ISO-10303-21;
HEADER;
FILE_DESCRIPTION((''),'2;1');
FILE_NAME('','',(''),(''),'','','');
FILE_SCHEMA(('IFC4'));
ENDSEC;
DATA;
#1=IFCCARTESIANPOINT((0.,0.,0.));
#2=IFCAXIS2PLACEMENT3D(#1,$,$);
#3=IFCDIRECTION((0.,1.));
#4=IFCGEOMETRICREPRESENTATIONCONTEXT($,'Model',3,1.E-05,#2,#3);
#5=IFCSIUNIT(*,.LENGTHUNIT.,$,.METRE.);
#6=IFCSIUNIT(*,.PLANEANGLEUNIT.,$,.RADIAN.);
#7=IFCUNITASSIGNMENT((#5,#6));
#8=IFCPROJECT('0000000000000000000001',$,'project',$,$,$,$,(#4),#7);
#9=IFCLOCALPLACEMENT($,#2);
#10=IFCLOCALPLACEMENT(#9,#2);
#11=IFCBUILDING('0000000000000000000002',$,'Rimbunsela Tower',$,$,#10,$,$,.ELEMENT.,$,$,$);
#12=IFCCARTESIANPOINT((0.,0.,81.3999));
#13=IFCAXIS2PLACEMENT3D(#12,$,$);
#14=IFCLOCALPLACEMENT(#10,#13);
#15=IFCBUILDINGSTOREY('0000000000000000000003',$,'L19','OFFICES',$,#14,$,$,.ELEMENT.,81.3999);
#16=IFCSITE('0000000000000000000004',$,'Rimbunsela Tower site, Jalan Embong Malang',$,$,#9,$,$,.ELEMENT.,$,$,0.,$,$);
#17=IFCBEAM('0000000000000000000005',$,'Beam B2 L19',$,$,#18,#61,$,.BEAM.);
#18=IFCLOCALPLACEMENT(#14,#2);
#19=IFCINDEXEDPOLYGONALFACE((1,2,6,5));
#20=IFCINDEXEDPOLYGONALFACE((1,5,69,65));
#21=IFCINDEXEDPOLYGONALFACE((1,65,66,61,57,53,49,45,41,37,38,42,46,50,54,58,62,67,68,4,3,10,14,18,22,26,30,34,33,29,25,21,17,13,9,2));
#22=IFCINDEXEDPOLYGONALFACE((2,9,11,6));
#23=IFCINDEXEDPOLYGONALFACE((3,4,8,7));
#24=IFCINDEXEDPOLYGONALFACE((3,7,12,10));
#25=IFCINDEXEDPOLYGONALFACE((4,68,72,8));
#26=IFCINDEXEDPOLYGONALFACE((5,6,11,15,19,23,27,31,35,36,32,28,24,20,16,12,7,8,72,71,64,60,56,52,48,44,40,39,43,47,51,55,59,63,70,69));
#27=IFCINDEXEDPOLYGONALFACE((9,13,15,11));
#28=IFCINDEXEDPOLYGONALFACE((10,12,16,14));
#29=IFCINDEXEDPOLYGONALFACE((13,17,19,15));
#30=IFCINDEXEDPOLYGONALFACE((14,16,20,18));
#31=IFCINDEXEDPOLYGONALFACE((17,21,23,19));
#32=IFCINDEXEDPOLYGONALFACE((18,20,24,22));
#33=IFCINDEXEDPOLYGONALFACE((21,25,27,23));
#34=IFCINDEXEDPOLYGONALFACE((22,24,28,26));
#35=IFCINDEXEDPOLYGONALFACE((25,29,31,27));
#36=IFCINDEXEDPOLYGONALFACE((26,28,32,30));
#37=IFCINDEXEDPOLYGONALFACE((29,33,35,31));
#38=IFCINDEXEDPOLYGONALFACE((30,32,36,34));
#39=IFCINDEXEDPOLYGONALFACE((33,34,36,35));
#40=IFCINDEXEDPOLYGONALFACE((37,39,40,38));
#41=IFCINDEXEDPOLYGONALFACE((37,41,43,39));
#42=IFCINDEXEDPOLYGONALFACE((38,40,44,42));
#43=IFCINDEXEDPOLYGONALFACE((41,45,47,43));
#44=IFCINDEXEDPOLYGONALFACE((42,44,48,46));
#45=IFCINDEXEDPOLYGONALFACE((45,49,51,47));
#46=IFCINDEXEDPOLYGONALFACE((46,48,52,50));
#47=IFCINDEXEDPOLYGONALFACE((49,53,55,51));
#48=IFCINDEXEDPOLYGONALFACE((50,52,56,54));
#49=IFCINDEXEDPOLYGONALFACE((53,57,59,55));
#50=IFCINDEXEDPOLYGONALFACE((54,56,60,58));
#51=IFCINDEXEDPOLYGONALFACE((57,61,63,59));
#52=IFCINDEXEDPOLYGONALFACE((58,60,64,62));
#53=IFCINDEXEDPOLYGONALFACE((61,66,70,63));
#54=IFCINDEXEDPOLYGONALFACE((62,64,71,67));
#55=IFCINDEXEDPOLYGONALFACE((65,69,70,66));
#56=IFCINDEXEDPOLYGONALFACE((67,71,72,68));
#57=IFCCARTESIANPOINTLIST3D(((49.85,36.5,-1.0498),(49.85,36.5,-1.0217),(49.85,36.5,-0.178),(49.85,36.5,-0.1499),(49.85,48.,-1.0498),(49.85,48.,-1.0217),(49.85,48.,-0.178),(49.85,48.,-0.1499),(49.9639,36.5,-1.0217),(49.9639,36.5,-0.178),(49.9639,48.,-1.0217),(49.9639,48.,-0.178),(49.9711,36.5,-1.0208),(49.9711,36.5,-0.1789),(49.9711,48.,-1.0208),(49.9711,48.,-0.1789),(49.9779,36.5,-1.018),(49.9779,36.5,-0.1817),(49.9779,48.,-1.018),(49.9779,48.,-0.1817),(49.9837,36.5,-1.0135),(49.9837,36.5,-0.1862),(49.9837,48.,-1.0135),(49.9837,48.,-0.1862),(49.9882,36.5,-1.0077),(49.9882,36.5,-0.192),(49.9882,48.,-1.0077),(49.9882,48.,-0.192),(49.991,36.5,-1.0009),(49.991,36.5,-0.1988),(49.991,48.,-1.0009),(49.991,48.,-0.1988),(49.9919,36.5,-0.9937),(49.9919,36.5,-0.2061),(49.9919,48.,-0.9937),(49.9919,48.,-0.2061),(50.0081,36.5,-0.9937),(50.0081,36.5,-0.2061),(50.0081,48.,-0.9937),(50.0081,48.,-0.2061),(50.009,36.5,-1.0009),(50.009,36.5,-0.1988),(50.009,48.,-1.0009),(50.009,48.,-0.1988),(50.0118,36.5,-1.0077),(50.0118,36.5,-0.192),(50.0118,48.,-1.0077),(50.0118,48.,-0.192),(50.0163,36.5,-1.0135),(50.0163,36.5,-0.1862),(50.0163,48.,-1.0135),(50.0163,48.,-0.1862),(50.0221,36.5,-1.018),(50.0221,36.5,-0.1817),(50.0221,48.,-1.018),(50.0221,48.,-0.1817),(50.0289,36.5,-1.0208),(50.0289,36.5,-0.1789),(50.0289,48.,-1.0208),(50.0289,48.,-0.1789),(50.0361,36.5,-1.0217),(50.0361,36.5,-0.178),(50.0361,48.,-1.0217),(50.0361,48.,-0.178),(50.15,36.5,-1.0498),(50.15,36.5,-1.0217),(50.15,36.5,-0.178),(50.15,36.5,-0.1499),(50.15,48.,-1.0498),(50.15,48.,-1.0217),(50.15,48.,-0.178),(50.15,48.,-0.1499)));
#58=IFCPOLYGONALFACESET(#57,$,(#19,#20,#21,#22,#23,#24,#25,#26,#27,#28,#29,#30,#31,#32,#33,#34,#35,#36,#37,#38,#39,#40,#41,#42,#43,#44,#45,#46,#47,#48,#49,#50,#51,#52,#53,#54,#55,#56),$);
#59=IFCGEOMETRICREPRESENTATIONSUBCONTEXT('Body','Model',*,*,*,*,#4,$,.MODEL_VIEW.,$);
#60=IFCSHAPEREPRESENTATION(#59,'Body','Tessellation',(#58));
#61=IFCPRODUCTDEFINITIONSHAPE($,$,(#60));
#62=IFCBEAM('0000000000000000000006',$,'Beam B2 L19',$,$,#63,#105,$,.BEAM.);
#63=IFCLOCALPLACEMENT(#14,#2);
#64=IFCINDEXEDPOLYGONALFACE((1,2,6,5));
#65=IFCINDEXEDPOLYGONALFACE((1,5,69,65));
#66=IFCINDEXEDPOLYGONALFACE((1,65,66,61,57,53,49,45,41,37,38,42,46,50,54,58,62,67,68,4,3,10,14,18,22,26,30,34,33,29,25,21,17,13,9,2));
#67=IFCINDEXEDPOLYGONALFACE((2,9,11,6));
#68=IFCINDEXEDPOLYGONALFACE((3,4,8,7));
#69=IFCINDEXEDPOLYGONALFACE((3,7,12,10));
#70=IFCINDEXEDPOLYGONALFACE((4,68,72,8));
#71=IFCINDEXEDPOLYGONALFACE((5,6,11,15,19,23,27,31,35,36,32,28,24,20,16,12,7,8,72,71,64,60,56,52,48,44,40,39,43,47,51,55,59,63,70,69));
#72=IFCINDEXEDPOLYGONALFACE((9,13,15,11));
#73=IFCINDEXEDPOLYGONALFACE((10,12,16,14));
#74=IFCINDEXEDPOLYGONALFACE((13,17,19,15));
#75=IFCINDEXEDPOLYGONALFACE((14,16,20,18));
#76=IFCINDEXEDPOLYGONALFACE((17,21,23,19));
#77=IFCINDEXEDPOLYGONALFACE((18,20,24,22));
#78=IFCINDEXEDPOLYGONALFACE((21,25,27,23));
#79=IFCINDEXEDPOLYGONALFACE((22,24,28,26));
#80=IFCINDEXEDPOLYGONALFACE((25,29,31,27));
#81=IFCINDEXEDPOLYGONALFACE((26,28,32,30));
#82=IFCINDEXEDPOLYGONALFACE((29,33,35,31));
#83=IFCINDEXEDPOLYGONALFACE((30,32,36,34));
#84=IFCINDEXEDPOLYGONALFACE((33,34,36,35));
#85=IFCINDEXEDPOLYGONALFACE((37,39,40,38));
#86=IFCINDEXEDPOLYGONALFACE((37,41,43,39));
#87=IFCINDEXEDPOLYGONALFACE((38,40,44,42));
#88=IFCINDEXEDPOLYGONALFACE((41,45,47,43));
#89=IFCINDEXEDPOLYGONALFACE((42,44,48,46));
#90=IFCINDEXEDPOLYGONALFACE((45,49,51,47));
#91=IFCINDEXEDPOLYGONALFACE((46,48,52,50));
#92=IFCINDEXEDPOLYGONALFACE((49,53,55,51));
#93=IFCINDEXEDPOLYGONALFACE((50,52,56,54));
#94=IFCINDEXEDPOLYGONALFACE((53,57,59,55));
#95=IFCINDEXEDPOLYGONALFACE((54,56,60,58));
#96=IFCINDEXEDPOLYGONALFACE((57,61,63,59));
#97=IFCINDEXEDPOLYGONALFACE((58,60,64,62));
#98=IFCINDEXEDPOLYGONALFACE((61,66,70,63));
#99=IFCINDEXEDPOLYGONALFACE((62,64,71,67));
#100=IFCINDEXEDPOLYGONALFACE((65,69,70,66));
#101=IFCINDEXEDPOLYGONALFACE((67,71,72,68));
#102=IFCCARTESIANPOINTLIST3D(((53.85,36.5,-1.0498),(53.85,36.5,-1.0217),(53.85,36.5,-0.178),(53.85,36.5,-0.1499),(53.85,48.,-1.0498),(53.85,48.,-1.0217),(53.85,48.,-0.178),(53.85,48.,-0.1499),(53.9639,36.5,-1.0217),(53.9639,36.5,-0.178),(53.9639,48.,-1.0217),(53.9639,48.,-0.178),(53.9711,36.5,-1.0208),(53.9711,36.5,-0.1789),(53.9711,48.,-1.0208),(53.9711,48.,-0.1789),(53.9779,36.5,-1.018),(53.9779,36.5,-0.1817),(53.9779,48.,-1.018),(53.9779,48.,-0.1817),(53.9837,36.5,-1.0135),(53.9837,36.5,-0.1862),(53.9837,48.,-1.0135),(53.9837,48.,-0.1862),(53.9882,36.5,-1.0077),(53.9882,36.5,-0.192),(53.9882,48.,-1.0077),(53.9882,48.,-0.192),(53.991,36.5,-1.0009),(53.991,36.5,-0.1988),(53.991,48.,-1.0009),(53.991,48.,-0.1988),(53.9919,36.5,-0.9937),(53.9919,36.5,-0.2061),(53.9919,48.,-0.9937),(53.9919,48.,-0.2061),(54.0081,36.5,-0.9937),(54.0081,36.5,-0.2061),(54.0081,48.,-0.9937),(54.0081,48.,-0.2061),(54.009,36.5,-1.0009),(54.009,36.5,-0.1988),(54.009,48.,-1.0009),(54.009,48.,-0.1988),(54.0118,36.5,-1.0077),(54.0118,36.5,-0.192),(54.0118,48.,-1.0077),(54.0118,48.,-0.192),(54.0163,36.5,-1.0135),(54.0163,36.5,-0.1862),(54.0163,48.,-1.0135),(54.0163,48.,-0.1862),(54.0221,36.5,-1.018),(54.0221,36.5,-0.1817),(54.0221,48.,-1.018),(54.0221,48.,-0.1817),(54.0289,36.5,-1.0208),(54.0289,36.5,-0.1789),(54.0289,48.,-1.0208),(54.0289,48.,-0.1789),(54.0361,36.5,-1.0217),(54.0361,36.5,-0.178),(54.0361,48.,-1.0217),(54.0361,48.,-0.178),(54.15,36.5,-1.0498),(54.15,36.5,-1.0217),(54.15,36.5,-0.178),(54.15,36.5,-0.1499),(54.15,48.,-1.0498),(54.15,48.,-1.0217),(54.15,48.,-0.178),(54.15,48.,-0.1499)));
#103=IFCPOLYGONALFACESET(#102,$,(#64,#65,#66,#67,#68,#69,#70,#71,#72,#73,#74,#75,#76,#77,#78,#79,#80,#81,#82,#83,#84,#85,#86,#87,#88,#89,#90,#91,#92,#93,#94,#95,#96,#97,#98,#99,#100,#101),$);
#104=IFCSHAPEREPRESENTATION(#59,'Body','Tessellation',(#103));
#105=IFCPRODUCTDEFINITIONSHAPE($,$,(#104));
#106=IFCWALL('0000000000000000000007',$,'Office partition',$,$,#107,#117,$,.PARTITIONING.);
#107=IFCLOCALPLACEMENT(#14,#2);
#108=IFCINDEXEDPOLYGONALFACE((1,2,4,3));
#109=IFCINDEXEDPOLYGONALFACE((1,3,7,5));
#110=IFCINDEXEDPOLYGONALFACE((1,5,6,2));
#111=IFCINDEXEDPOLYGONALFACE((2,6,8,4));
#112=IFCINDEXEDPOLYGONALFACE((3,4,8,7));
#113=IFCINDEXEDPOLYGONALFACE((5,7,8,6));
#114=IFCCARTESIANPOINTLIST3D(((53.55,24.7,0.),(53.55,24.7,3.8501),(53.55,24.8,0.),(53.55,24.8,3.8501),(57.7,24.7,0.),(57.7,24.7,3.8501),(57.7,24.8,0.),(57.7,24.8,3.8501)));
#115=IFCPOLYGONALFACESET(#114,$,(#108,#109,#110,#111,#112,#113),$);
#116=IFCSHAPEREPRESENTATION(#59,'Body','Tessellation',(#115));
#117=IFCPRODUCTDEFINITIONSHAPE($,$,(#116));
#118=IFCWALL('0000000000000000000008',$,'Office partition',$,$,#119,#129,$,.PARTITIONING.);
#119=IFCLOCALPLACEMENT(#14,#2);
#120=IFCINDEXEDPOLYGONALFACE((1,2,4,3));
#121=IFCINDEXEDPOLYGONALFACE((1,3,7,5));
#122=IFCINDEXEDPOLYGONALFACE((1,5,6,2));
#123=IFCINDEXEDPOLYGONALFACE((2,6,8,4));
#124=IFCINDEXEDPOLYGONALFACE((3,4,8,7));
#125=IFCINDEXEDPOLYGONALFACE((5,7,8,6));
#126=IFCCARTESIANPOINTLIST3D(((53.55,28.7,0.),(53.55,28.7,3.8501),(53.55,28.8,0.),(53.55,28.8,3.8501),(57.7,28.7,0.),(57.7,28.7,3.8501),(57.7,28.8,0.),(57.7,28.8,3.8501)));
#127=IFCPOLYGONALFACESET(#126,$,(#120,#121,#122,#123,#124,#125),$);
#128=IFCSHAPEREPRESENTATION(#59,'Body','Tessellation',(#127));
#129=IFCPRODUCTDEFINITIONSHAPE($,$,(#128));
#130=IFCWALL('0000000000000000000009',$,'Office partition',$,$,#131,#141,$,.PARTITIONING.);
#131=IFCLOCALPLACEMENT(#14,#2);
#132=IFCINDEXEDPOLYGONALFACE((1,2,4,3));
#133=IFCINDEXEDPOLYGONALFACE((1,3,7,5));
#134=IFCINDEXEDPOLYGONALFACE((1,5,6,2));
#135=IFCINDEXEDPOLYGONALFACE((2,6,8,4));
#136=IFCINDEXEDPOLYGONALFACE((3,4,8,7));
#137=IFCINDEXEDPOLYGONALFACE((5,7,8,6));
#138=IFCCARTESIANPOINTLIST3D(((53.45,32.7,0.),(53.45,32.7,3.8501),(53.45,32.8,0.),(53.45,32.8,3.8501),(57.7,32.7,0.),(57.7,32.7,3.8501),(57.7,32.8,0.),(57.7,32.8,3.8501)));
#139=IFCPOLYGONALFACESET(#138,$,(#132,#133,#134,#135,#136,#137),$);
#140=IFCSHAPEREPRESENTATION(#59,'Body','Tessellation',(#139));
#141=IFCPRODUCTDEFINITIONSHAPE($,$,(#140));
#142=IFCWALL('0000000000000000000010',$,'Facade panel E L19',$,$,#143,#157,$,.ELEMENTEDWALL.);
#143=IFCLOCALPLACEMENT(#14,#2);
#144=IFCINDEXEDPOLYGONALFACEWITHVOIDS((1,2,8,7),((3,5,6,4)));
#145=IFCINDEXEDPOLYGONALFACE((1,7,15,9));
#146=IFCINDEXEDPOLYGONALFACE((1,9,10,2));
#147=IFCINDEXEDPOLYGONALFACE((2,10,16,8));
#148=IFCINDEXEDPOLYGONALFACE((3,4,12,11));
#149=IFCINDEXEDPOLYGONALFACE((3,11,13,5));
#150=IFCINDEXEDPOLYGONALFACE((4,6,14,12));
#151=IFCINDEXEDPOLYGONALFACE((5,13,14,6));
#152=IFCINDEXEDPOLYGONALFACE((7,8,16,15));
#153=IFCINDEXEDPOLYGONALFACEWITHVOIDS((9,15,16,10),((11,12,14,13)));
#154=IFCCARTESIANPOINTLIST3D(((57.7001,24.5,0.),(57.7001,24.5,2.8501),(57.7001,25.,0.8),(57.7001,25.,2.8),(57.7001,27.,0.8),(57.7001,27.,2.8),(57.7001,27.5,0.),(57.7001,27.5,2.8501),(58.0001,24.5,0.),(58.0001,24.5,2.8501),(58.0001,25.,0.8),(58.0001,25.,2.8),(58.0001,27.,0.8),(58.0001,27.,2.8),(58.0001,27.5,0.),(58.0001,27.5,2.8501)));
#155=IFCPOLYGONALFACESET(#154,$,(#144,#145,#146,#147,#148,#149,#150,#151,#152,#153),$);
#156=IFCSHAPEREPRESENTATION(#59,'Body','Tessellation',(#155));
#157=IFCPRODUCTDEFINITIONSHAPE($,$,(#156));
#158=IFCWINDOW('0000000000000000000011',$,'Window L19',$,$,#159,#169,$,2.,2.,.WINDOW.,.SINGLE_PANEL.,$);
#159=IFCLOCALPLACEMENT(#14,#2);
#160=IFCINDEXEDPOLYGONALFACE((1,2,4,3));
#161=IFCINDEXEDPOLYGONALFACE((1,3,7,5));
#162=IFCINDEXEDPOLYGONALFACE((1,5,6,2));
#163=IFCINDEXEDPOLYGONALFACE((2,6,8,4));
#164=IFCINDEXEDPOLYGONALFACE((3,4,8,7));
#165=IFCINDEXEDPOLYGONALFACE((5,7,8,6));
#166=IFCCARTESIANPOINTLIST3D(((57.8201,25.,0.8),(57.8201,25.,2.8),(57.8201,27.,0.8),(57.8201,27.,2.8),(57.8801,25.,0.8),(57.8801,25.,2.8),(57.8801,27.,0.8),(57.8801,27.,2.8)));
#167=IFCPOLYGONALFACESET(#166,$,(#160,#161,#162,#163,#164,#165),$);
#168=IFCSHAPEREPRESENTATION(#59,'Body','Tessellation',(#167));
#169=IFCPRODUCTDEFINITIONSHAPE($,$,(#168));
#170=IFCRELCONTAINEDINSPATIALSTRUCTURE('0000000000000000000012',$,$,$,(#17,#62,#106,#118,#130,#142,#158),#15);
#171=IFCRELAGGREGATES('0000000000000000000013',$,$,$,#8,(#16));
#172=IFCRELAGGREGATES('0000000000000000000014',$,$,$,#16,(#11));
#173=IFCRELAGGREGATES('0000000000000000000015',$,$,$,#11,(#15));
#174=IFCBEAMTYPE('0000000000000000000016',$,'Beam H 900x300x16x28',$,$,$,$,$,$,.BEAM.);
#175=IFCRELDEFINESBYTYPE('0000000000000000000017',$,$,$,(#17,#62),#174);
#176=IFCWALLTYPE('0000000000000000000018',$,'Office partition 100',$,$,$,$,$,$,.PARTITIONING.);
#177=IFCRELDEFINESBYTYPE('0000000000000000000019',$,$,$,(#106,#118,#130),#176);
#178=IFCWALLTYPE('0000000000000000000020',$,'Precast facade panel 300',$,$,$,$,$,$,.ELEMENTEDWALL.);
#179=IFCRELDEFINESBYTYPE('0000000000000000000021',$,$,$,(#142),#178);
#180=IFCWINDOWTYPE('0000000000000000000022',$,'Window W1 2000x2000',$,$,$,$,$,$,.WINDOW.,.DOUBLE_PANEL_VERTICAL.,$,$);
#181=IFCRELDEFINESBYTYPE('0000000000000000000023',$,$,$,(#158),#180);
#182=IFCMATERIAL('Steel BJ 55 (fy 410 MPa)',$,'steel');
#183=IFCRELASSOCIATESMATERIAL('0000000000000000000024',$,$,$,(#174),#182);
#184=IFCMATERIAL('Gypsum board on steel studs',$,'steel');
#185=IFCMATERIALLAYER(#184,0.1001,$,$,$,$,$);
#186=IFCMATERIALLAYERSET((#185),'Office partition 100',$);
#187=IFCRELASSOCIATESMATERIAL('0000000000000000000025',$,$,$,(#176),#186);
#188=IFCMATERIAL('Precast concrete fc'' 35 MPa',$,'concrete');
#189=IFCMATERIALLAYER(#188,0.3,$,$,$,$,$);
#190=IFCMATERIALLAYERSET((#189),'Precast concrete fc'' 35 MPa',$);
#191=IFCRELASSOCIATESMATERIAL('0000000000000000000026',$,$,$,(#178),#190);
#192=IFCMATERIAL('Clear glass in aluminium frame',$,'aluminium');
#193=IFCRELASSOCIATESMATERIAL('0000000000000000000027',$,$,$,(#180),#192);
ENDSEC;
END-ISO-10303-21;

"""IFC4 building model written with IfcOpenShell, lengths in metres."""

from ifc_helpers import new_model, si_unit, direction, frame, frame_2d, origin, origin_2d, place, context, subcontext, project, spatial, rectangle, i_section, extrude, material, layer, layer_set, material_profile, profile_set, type_object, element, fill, save


model = new_model("IFC4")

# Units and contexts
model_context = context("Model", 3, precision=1e-05, world=origin(), true_north=direction((0.0, 1.0)))
body_context = subcontext(model_context, "Body", "Model", "MODEL_VIEW")
ifc_project = project(units=[si_unit("LENGTHUNIT", "METRE"), si_unit("PLANEANGLEUNIT", "RADIAN")], contexts=[model_context])

# Site, building, storey
site_placement = place(None, origin())
site = spatial("IfcSite", under=ifc_project, at=site_placement, Name="Rimbunsela Tower site, Jalan Embong Malang", CompositionType="ELEMENT", RefElevation=0.0)
building_placement = place(site_placement, origin())
building = spatial("IfcBuilding", under=site, at=building_placement, Name="Rimbunsela Tower", CompositionType="ELEMENT")
storey_placement = place(building_placement, frame((0.0, 0.0, 81.3999)))
storey = spatial("IfcBuildingStorey", under=building, at=storey_placement, Name="L19", Description="OFFICES", CompositionType="ELEMENT", Elevation=81.3999)

# Beams
ifc_material_1 = material(Name="Steel BJ 55 (fy 410 MPa)", Category="steel")
ifc_material_profile_1 = material_profile(ifc_material_1, i_section(OverallWidth=0.3, OverallDepth=0.8999, WebThickness=0.0161, FlangeThickness=0.0281, FilletRadius=0.0281, at=origin_2d()), Name="H 900x300x16x28")
ifc_profile_set_1 = profile_set([ifc_material_profile_1], Name="Steel BJ 55 (fy 410 MPa)")
beam_type_1 = type_object("IfcBeamType", Name="Beam H 900x300x16x28", PredefinedType="BEAM", material=ifc_profile_set_1)
for number, where, z_axis, x_axis, name in (
    (1, (50.0, 36.5, -0.5999), (0.0, 1.0, 0.0), (-1.0, 0.0, 0.0), "Beam B2 L19"),
    (2, (54.0, 36.5, -0.5999), (0.0, 1.0, 0.0), (-1.0, 0.0, 0.0), "Beam B2 L19"),
):
    element("IfcBeam", number, at=place(storey_placement, frame(where, z_axis=z_axis, x_axis=x_axis)), inside=storey, type_object=beam_type_1, Name=name, PredefinedType="BEAM", context=body_context, shape_type="SweptSolid", body=[
        extrude(i_section(OverallWidth=0.3, OverallDepth=0.8999, WebThickness=0.0161, FlangeThickness=0.0281, FilletRadius=0.0281, at=origin_2d()), origin(), (0.0, 0.0, 1.0), 11.5),
    ])

# Walls
ifc_material_2 = material(Name="Gypsum board on steel studs", Category="steel")
ifc_layer_1 = layer(ifc_material_2, 0.1001)
ifc_layer_set_1 = layer_set([ifc_layer_1], Name="Office partition 100")
wall_type_1 = type_object("IfcWallType", Name="Office partition 100", PredefinedType="PARTITIONING", material=ifc_layer_set_1)
for number, where, z_axis, x_axis, name in (
    (3, (53.55, 24.75, 0.0), (0.0, 0.0, 1.0), (1.0, 0.0, 0.0), "Office partition"),
    (4, (53.55, 28.75, 0.0), (0.0, 0.0, 1.0), (1.0, 0.0, 0.0), "Office partition"),
):
    element("IfcWall", number, at=place(storey_placement, frame(where, z_axis=z_axis, x_axis=x_axis)), inside=storey, type_object=wall_type_1, Name=name, PredefinedType="PARTITIONING", context=body_context, shape_type="SweptSolid", body=[
        extrude(rectangle(XDim=4.1499, YDim=0.1001, at=frame_2d((2.075, 0.0))), origin(), (0.0, 0.0, 1.0), 3.8501),
    ])
wall_1_placement = place(storey_placement, frame((53.45, 32.75, 0.0), z_axis=(0.0, 0.0, 1.0), x_axis=(1.0, 0.0, 0.0)))
element("IfcWall", 5, at=wall_1_placement, inside=storey, type_object=wall_type_1, Name="Office partition", PredefinedType="PARTITIONING", context=body_context, shape_type="SweptSolid", body=[
    extrude(rectangle(XDim=4.25, YDim=0.1001, at=frame_2d((2.125, 0.0))), origin(), (0.0, 0.0, 1.0), 3.8501),
])

# Wall, opening, window
ifc_material_3 = material(Name="Precast concrete fc' 35 MPa", Category="concrete")
ifc_layer_2 = layer(ifc_material_3, 0.3)
ifc_layer_set_2 = layer_set([ifc_layer_2], Name="Precast concrete fc' 35 MPa")
wall_type_2 = type_object("IfcWallType", Name="Precast facade panel 300", PredefinedType="ELEMENTEDWALL", material=ifc_layer_set_2)
wall_2_placement = place(storey_placement, frame((57.8501, 24.5, 0.0), z_axis=(0.0, 0.0, 1.0), x_axis=(0.0, 1.0, 0.0)))
wall_2 = element("IfcWall", 6, at=wall_2_placement, inside=storey, type_object=wall_type_2, Name="Facade panel E L19", PredefinedType="ELEMENTEDWALL", context=body_context, shape_type="SweptSolid", body=[
    extrude(rectangle(XDim=3.0, YDim=0.3, at=frame_2d((1.5, 0.0))), origin(), (0.0, 0.0, 1.0), 2.8501),
])
opening_1_placement = place(wall_2_placement, frame((0.5, 0.0, 0.8)))
opening_1 = element("IfcOpeningElement", 7, at=opening_1_placement, cuts=wall_2, PredefinedType="OPENING", context=body_context, shape_type="SweptSolid", body=[
    extrude(rectangle(XDim=2.0, YDim=2.0, at=frame_2d((1.0, 1.0))), frame((0.0, 0.1599, 0.0), z_axis=(0.0, -1.0, 0.0), x_axis=(1.0, 0.0, 0.0)), (0.0, 0.0, 1.0), 0.3201),
])
ifc_material_4 = material(Name="Clear glass in aluminium frame", Category="aluminium")
window_type = type_object("IfcWindowType", Name="Window W1 2000x2000", PartitioningType="DOUBLE_PANEL_VERTICAL", PredefinedType="WINDOW", material=ifc_material_4)
window_1_placement = place(opening_1_placement, origin())
window_1 = element("IfcWindow", 8, at=window_1_placement, inside=storey, type_object=window_type, Name="Window L19", OverallHeight=2.0, OverallWidth=2.0, PartitioningType="SINGLE_PANEL", PredefinedType="WINDOW", context=body_context, shape_type="SweptSolid", body=[
    extrude(rectangle(XDim=2.0, YDim=2.0, at=frame_2d((1.0, 1.0))), frame((0.0, 0.03, 0.0), z_axis=(0.0, -1.0, 0.0), x_axis=(1.0, 0.0, 0.0)), (0.0, 0.0, 1.0), 0.0601),
])
fill(opening_1, window_1)

save(model, "model.ifc")
